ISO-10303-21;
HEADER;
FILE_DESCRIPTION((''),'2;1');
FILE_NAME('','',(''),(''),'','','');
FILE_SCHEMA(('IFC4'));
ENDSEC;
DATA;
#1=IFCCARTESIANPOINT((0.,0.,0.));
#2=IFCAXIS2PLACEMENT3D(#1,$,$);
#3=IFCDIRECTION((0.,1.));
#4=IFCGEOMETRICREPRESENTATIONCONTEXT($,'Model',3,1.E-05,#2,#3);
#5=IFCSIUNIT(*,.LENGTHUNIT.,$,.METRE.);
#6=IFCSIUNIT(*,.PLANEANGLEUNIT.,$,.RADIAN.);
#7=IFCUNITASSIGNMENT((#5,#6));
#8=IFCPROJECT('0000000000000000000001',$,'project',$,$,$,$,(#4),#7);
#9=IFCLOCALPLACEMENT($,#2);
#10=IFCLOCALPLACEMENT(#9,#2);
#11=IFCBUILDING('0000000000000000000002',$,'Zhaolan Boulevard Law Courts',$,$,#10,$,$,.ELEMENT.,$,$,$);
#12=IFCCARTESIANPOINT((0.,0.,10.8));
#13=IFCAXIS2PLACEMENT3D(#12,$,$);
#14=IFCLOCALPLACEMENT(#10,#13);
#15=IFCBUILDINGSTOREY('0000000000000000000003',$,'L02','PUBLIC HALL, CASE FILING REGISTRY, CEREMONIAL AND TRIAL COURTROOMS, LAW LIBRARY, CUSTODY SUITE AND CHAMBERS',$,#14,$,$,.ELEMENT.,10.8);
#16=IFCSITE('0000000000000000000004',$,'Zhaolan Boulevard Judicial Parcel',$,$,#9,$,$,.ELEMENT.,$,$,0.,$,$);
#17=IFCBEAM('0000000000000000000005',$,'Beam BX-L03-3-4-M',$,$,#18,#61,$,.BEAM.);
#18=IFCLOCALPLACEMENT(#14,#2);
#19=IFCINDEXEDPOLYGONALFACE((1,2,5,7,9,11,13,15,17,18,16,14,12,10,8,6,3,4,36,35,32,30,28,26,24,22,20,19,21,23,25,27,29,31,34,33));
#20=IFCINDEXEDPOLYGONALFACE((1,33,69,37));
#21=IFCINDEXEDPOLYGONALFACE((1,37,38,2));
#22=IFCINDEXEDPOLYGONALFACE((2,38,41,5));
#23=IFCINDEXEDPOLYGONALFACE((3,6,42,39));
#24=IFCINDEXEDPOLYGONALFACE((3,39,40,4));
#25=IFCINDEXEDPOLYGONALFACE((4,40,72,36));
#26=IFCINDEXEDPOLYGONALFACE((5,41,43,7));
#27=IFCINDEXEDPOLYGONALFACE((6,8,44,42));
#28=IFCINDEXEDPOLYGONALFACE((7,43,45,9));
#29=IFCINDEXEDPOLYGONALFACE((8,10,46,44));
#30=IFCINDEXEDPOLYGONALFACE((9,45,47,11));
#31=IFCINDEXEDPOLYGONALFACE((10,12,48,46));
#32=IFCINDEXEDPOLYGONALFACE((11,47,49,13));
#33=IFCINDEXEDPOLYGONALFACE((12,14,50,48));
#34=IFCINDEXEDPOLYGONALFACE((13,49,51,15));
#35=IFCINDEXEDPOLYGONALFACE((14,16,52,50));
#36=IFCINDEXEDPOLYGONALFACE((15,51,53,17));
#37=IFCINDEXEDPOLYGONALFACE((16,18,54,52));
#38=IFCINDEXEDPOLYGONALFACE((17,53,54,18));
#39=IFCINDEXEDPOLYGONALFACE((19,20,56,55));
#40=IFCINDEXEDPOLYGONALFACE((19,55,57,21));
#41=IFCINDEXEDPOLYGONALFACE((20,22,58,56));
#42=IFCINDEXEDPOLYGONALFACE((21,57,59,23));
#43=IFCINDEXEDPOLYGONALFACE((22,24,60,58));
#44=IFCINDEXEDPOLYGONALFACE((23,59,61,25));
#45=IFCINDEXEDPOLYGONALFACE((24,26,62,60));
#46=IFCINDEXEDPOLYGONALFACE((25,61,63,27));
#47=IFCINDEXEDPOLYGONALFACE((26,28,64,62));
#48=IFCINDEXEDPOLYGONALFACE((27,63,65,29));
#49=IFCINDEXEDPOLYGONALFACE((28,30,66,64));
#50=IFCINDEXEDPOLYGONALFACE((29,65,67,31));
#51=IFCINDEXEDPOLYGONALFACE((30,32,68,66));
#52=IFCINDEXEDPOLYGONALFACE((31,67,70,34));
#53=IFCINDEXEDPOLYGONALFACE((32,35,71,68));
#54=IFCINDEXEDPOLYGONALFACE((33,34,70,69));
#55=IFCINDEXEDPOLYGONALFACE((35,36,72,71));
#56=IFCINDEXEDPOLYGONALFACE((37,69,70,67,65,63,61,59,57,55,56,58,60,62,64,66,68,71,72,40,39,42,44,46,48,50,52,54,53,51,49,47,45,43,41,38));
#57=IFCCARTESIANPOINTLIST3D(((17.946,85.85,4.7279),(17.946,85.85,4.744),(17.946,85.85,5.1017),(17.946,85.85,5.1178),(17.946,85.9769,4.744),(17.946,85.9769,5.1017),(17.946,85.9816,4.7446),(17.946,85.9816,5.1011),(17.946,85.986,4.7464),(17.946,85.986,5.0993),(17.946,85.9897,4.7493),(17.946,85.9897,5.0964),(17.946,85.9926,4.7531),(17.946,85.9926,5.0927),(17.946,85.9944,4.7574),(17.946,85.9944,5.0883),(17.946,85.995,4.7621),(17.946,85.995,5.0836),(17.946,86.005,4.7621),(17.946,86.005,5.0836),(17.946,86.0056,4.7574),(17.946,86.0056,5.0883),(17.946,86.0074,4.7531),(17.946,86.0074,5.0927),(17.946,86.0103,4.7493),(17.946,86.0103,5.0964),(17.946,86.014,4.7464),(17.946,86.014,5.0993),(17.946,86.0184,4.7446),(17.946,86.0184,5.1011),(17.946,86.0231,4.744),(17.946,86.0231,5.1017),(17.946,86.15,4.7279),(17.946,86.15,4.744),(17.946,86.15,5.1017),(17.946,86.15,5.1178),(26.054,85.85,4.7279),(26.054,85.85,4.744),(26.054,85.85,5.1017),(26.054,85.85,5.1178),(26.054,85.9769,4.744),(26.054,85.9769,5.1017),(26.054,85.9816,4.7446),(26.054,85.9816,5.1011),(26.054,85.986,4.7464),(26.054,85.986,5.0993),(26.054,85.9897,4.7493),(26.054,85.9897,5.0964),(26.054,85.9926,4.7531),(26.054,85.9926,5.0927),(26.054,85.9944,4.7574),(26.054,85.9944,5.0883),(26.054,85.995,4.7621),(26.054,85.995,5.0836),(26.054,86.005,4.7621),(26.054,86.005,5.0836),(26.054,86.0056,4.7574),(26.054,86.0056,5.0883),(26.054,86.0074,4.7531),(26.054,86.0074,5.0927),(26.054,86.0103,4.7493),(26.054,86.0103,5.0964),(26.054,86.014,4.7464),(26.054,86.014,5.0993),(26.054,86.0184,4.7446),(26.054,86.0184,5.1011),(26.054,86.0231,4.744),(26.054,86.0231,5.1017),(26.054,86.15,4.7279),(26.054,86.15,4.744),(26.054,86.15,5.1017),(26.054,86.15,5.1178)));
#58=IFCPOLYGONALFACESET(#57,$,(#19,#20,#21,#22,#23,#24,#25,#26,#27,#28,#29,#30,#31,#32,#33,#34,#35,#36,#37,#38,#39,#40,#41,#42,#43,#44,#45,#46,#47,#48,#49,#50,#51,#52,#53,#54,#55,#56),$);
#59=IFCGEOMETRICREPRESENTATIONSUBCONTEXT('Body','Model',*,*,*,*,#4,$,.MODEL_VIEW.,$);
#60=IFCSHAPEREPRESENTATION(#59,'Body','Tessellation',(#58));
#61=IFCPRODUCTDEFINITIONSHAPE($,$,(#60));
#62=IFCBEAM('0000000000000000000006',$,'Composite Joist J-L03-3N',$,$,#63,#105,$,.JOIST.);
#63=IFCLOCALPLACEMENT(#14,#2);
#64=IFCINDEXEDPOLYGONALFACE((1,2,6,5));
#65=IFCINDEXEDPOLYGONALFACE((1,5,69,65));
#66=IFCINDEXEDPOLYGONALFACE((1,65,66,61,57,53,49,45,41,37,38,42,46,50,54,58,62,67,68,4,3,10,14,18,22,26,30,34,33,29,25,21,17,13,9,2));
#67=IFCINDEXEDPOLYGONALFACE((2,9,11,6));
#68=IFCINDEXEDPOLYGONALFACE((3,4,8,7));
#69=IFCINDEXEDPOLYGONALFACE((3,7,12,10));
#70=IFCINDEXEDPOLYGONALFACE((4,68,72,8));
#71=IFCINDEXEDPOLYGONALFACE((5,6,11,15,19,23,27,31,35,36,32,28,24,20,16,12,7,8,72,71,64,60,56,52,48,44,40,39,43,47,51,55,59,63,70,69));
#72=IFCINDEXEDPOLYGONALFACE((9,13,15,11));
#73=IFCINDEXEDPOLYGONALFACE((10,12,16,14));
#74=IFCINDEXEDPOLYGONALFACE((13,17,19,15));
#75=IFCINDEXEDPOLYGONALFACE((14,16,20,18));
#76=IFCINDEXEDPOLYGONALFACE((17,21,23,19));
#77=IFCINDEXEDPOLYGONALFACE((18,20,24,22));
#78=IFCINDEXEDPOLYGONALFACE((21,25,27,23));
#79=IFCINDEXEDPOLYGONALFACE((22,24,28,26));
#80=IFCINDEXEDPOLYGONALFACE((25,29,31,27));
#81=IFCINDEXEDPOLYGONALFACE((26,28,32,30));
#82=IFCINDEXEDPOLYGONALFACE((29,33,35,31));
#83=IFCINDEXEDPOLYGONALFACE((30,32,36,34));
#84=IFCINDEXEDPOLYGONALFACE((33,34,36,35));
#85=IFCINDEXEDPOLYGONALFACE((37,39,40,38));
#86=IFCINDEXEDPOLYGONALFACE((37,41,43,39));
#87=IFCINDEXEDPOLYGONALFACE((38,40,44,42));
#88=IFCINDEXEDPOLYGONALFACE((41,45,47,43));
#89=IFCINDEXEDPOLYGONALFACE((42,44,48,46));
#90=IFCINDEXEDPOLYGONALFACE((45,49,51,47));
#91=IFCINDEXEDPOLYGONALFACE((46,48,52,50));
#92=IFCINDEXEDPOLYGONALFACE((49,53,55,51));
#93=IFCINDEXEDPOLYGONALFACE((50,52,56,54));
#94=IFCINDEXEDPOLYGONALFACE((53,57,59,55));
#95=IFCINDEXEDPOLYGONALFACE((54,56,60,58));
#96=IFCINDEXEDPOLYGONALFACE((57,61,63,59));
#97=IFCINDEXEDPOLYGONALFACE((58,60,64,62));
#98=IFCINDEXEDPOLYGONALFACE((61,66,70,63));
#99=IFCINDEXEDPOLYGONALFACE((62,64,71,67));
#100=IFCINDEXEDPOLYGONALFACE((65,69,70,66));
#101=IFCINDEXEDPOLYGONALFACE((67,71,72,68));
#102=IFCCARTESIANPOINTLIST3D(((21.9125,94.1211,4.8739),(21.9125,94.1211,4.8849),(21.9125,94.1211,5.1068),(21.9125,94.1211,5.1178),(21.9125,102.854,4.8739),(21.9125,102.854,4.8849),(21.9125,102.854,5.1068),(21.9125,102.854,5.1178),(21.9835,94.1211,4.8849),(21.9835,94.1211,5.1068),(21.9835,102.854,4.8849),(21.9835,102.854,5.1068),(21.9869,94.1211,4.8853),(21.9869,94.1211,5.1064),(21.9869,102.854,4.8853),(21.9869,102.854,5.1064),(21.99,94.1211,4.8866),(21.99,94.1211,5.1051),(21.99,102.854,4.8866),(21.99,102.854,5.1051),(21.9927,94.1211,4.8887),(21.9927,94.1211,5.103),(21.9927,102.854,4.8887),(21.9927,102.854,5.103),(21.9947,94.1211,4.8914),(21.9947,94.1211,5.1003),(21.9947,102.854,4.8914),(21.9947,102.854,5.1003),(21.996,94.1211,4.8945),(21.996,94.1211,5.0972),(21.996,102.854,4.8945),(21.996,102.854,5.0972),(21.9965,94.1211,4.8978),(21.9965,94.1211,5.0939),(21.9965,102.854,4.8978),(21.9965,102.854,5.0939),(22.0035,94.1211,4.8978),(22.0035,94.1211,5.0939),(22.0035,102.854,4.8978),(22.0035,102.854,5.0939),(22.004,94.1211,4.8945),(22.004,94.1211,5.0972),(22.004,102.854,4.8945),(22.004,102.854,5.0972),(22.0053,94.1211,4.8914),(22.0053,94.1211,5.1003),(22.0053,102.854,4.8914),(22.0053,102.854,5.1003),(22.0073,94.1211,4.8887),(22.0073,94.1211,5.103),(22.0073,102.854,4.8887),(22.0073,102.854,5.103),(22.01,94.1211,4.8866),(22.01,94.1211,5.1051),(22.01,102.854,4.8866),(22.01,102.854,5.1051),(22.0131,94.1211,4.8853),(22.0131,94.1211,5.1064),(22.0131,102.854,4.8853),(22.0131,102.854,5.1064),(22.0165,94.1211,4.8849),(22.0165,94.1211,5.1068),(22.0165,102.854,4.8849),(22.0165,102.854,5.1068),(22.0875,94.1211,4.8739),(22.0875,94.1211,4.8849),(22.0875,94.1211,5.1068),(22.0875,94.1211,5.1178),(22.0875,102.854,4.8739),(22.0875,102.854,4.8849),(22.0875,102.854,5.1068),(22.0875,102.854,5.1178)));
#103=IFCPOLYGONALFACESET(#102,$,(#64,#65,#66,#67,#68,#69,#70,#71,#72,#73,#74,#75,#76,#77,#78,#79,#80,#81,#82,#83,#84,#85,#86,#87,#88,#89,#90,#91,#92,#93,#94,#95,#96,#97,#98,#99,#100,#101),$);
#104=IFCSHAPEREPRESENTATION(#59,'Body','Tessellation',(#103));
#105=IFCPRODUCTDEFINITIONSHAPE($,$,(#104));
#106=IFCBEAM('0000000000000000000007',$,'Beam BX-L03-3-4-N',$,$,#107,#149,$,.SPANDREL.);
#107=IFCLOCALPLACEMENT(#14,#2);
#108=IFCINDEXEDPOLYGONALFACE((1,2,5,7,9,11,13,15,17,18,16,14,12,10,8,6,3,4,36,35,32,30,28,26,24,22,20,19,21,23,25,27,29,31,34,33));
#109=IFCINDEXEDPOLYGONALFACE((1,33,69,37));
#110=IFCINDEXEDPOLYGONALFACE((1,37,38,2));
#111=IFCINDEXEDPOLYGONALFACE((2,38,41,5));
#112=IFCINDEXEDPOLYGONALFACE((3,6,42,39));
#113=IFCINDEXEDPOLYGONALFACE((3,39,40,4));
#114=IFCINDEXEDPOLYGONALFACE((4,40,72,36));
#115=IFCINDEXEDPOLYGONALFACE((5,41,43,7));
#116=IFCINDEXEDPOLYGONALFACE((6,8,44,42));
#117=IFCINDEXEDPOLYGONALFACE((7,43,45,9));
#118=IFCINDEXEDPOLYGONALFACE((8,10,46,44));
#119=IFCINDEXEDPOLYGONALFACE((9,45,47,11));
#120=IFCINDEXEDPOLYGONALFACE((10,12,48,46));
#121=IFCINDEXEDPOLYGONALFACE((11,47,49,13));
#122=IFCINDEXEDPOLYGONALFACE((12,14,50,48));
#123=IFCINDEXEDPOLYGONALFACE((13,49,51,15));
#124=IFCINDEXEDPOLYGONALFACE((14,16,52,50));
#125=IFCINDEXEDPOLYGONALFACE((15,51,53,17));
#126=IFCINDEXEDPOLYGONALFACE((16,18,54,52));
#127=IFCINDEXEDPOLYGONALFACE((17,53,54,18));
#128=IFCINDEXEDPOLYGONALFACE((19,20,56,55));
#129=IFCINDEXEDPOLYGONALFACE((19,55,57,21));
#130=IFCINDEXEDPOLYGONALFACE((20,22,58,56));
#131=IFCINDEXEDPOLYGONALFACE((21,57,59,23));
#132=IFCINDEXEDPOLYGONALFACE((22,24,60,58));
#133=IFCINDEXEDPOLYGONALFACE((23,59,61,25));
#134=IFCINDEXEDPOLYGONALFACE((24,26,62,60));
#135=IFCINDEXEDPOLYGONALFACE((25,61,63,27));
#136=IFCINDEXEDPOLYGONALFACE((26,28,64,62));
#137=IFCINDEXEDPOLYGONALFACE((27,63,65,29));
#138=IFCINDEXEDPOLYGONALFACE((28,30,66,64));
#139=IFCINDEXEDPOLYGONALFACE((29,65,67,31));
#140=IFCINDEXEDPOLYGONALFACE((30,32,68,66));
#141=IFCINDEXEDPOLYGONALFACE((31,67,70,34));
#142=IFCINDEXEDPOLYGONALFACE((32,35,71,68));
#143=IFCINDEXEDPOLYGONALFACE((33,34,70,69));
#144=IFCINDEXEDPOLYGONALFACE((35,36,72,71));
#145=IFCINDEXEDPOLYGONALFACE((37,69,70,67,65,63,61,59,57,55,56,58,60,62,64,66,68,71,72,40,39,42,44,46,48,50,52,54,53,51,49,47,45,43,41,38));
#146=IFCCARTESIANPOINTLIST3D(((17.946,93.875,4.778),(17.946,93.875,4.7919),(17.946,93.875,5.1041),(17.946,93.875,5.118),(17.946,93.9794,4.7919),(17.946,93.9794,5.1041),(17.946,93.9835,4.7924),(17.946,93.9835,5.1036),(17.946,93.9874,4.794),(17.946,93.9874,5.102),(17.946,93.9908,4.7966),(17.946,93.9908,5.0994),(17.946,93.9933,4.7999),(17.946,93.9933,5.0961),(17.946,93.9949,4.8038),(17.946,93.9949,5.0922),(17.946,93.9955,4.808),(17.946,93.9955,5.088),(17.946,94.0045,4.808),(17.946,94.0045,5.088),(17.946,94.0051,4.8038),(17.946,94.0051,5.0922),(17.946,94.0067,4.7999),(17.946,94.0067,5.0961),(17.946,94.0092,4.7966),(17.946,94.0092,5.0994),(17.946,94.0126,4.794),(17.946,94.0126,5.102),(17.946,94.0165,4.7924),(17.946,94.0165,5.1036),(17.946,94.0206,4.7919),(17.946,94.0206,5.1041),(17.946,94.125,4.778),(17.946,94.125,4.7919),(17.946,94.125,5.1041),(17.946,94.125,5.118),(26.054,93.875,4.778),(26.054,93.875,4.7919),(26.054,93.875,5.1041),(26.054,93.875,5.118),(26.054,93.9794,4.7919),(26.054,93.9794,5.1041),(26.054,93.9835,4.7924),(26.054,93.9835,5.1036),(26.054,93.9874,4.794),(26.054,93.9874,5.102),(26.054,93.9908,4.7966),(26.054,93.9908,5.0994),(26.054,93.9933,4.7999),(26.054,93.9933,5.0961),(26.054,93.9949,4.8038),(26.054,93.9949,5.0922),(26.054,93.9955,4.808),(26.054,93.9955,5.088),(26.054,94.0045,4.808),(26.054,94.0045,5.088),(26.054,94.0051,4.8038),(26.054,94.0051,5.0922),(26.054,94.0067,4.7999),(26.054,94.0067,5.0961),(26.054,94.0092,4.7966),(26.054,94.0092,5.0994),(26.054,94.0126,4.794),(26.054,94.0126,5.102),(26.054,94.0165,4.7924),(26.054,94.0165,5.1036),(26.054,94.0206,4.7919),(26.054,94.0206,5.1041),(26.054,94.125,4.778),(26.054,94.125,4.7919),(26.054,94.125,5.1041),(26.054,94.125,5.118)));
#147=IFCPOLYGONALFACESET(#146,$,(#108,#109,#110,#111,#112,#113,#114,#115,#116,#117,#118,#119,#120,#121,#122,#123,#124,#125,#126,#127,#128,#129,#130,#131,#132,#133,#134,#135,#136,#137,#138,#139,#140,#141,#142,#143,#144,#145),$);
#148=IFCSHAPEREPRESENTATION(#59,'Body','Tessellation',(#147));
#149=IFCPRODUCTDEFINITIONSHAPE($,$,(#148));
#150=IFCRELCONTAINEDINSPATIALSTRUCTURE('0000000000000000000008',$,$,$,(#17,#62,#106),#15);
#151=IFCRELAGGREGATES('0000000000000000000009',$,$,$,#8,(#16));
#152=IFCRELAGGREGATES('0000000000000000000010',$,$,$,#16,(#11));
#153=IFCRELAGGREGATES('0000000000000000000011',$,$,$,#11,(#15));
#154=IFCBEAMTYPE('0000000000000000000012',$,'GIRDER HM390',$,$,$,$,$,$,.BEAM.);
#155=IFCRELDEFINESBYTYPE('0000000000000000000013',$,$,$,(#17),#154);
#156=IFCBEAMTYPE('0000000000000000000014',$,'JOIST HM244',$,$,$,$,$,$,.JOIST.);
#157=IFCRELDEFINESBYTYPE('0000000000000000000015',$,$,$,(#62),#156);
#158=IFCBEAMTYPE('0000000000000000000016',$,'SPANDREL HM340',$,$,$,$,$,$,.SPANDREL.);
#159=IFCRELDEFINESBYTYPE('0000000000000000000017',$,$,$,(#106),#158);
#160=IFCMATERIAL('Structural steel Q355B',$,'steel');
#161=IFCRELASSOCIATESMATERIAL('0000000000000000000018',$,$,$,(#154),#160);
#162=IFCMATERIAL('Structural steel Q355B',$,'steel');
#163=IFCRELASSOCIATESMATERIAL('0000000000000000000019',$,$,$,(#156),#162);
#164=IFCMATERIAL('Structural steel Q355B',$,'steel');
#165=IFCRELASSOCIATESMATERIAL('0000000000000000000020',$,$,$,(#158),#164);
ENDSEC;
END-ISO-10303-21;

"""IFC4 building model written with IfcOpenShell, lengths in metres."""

from ifc_helpers import new_model, si_unit, direction, frame, origin, origin_2d, place, context, subcontext, project, spatial, i_section, extrude, material, material_profile, profile_set, type_object, element, save


model = new_model("IFC4")

# Units and contexts
model_context = context("Model", 3, precision=1e-05, world=origin(), true_north=direction((0.0, 1.0)))
body_context = subcontext(model_context, "Body", "Model", "MODEL_VIEW")
ifc_project = project(units=[si_unit("LENGTHUNIT", "METRE"), si_unit("PLANEANGLEUNIT", "RADIAN")], contexts=[model_context])

# Site, building, storey
site_placement = place(None, origin())
site = spatial("IfcSite", under=ifc_project, at=site_placement, Name="Zhaolan Boulevard Judicial Parcel", CompositionType="ELEMENT", RefElevation=0.0)
building_placement = place(site_placement, origin())
building = spatial("IfcBuilding", under=site, at=building_placement, Name="Zhaolan Boulevard Law Courts", CompositionType="ELEMENT")
storey_placement = place(building_placement, frame((0.0, 0.0, 10.8)))
storey = spatial("IfcBuildingStorey", under=building, at=storey_placement, Name="L02", Description="PUBLIC HALL, CASE FILING REGISTRY, CEREMONIAL AND TRIAL COURTROOMS, LAW LIBRARY, CUSTODY SUITE AND CHAMBERS", CompositionType="ELEMENT", Elevation=10.8)

# Beams
ifc_material_1 = material(Name="Structural steel Q355B", Category="steel")
ifc_material_profile_1 = material_profile(ifc_material_1, i_section(OverallWidth=0.3, OverallDepth=0.3899, WebThickness=0.01, FlangeThickness=0.0161, FilletRadius=0.0181, at=origin_2d()), Name="HM390x300")
ifc_profile_set_1 = profile_set([ifc_material_profile_1], Name="Structural steel Q355B")
beam_type_1 = type_object("IfcBeamType", Name="GIRDER HM390", PredefinedType="BEAM", material=ifc_profile_set_1)
beam_1_placement = place(storey_placement, frame((17.946, 86.0, 4.9229), z_axis=(1.0, 0.0, 0.0), x_axis=(0.0, 1.0, 0.0)))
element("IfcBeam", 1, at=beam_1_placement, inside=storey, type_object=beam_type_1, Name="Beam BX-L03-3-4-M", PredefinedType="BEAM", context=body_context, shape_type="SweptSolid", body=[
    extrude(i_section(OverallWidth=0.3, OverallDepth=0.3899, WebThickness=0.01, FlangeThickness=0.0161, FilletRadius=0.0181, at=origin_2d()), origin(), (0.0, 0.0, 1.0), 8.1079),
])
ifc_material_2 = material(Name="Structural steel Q355B", Category="steel")
ifc_material_profile_2 = material_profile(ifc_material_2, i_section(OverallWidth=0.175, OverallDepth=0.2439, WebThickness=0.0071, FlangeThickness=0.011, FilletRadius=0.0129, at=origin_2d()), Name="HM244x175")
ifc_profile_set_2 = profile_set([ifc_material_profile_2], Name="Structural steel Q355B")
beam_type_2 = type_object("IfcBeamType", Name="JOIST HM244", PredefinedType="JOIST", material=ifc_profile_set_2)
beam_2_placement = place(storey_placement, frame((22.0, 94.1211, 4.9958), z_axis=(0.0, 1.0, 0.0), x_axis=(-1.0, 0.0, 0.0)))
element("IfcBeam", 2, at=beam_2_placement, inside=storey, type_object=beam_type_2, Name="Composite Joist J-L03-3N", PredefinedType="JOIST", context=body_context, shape_type="SweptSolid", body=[
    extrude(i_section(OverallWidth=0.175, OverallDepth=0.2439, WebThickness=0.0071, FlangeThickness=0.011, FilletRadius=0.0129, at=origin_2d()), origin(), (0.0, 0.0, 1.0), 8.7329),
])
ifc_material_3 = material(Name="Structural steel Q355B", Category="steel")
ifc_material_profile_3 = material_profile(ifc_material_3, i_section(OverallWidth=0.25, OverallDepth=0.3401, WebThickness=0.009, FlangeThickness=0.0139, FilletRadius=0.0161, at=origin_2d()), Name="HM340x250")
ifc_profile_set_3 = profile_set([ifc_material_profile_3], Name="Structural steel Q355B")
beam_type_3 = type_object("IfcBeamType", Name="SPANDREL HM340", PredefinedType="SPANDREL", material=ifc_profile_set_3)
beam_3_placement = place(storey_placement, frame((17.946, 94.0, 4.948), z_axis=(1.0, 0.0, 0.0), x_axis=(0.0, 1.0, 0.0)))
element("IfcBeam", 3, at=beam_3_placement, inside=storey, type_object=beam_type_3, Name="Beam BX-L03-3-4-N", PredefinedType="SPANDREL", context=body_context, shape_type="SweptSolid", body=[
    extrude(i_section(OverallWidth=0.25, OverallDepth=0.3401, WebThickness=0.009, FlangeThickness=0.0139, FilletRadius=0.0161, at=origin_2d()), origin(), (0.0, 0.0, 1.0), 8.1079),
])

save(model, "model.ifc")
